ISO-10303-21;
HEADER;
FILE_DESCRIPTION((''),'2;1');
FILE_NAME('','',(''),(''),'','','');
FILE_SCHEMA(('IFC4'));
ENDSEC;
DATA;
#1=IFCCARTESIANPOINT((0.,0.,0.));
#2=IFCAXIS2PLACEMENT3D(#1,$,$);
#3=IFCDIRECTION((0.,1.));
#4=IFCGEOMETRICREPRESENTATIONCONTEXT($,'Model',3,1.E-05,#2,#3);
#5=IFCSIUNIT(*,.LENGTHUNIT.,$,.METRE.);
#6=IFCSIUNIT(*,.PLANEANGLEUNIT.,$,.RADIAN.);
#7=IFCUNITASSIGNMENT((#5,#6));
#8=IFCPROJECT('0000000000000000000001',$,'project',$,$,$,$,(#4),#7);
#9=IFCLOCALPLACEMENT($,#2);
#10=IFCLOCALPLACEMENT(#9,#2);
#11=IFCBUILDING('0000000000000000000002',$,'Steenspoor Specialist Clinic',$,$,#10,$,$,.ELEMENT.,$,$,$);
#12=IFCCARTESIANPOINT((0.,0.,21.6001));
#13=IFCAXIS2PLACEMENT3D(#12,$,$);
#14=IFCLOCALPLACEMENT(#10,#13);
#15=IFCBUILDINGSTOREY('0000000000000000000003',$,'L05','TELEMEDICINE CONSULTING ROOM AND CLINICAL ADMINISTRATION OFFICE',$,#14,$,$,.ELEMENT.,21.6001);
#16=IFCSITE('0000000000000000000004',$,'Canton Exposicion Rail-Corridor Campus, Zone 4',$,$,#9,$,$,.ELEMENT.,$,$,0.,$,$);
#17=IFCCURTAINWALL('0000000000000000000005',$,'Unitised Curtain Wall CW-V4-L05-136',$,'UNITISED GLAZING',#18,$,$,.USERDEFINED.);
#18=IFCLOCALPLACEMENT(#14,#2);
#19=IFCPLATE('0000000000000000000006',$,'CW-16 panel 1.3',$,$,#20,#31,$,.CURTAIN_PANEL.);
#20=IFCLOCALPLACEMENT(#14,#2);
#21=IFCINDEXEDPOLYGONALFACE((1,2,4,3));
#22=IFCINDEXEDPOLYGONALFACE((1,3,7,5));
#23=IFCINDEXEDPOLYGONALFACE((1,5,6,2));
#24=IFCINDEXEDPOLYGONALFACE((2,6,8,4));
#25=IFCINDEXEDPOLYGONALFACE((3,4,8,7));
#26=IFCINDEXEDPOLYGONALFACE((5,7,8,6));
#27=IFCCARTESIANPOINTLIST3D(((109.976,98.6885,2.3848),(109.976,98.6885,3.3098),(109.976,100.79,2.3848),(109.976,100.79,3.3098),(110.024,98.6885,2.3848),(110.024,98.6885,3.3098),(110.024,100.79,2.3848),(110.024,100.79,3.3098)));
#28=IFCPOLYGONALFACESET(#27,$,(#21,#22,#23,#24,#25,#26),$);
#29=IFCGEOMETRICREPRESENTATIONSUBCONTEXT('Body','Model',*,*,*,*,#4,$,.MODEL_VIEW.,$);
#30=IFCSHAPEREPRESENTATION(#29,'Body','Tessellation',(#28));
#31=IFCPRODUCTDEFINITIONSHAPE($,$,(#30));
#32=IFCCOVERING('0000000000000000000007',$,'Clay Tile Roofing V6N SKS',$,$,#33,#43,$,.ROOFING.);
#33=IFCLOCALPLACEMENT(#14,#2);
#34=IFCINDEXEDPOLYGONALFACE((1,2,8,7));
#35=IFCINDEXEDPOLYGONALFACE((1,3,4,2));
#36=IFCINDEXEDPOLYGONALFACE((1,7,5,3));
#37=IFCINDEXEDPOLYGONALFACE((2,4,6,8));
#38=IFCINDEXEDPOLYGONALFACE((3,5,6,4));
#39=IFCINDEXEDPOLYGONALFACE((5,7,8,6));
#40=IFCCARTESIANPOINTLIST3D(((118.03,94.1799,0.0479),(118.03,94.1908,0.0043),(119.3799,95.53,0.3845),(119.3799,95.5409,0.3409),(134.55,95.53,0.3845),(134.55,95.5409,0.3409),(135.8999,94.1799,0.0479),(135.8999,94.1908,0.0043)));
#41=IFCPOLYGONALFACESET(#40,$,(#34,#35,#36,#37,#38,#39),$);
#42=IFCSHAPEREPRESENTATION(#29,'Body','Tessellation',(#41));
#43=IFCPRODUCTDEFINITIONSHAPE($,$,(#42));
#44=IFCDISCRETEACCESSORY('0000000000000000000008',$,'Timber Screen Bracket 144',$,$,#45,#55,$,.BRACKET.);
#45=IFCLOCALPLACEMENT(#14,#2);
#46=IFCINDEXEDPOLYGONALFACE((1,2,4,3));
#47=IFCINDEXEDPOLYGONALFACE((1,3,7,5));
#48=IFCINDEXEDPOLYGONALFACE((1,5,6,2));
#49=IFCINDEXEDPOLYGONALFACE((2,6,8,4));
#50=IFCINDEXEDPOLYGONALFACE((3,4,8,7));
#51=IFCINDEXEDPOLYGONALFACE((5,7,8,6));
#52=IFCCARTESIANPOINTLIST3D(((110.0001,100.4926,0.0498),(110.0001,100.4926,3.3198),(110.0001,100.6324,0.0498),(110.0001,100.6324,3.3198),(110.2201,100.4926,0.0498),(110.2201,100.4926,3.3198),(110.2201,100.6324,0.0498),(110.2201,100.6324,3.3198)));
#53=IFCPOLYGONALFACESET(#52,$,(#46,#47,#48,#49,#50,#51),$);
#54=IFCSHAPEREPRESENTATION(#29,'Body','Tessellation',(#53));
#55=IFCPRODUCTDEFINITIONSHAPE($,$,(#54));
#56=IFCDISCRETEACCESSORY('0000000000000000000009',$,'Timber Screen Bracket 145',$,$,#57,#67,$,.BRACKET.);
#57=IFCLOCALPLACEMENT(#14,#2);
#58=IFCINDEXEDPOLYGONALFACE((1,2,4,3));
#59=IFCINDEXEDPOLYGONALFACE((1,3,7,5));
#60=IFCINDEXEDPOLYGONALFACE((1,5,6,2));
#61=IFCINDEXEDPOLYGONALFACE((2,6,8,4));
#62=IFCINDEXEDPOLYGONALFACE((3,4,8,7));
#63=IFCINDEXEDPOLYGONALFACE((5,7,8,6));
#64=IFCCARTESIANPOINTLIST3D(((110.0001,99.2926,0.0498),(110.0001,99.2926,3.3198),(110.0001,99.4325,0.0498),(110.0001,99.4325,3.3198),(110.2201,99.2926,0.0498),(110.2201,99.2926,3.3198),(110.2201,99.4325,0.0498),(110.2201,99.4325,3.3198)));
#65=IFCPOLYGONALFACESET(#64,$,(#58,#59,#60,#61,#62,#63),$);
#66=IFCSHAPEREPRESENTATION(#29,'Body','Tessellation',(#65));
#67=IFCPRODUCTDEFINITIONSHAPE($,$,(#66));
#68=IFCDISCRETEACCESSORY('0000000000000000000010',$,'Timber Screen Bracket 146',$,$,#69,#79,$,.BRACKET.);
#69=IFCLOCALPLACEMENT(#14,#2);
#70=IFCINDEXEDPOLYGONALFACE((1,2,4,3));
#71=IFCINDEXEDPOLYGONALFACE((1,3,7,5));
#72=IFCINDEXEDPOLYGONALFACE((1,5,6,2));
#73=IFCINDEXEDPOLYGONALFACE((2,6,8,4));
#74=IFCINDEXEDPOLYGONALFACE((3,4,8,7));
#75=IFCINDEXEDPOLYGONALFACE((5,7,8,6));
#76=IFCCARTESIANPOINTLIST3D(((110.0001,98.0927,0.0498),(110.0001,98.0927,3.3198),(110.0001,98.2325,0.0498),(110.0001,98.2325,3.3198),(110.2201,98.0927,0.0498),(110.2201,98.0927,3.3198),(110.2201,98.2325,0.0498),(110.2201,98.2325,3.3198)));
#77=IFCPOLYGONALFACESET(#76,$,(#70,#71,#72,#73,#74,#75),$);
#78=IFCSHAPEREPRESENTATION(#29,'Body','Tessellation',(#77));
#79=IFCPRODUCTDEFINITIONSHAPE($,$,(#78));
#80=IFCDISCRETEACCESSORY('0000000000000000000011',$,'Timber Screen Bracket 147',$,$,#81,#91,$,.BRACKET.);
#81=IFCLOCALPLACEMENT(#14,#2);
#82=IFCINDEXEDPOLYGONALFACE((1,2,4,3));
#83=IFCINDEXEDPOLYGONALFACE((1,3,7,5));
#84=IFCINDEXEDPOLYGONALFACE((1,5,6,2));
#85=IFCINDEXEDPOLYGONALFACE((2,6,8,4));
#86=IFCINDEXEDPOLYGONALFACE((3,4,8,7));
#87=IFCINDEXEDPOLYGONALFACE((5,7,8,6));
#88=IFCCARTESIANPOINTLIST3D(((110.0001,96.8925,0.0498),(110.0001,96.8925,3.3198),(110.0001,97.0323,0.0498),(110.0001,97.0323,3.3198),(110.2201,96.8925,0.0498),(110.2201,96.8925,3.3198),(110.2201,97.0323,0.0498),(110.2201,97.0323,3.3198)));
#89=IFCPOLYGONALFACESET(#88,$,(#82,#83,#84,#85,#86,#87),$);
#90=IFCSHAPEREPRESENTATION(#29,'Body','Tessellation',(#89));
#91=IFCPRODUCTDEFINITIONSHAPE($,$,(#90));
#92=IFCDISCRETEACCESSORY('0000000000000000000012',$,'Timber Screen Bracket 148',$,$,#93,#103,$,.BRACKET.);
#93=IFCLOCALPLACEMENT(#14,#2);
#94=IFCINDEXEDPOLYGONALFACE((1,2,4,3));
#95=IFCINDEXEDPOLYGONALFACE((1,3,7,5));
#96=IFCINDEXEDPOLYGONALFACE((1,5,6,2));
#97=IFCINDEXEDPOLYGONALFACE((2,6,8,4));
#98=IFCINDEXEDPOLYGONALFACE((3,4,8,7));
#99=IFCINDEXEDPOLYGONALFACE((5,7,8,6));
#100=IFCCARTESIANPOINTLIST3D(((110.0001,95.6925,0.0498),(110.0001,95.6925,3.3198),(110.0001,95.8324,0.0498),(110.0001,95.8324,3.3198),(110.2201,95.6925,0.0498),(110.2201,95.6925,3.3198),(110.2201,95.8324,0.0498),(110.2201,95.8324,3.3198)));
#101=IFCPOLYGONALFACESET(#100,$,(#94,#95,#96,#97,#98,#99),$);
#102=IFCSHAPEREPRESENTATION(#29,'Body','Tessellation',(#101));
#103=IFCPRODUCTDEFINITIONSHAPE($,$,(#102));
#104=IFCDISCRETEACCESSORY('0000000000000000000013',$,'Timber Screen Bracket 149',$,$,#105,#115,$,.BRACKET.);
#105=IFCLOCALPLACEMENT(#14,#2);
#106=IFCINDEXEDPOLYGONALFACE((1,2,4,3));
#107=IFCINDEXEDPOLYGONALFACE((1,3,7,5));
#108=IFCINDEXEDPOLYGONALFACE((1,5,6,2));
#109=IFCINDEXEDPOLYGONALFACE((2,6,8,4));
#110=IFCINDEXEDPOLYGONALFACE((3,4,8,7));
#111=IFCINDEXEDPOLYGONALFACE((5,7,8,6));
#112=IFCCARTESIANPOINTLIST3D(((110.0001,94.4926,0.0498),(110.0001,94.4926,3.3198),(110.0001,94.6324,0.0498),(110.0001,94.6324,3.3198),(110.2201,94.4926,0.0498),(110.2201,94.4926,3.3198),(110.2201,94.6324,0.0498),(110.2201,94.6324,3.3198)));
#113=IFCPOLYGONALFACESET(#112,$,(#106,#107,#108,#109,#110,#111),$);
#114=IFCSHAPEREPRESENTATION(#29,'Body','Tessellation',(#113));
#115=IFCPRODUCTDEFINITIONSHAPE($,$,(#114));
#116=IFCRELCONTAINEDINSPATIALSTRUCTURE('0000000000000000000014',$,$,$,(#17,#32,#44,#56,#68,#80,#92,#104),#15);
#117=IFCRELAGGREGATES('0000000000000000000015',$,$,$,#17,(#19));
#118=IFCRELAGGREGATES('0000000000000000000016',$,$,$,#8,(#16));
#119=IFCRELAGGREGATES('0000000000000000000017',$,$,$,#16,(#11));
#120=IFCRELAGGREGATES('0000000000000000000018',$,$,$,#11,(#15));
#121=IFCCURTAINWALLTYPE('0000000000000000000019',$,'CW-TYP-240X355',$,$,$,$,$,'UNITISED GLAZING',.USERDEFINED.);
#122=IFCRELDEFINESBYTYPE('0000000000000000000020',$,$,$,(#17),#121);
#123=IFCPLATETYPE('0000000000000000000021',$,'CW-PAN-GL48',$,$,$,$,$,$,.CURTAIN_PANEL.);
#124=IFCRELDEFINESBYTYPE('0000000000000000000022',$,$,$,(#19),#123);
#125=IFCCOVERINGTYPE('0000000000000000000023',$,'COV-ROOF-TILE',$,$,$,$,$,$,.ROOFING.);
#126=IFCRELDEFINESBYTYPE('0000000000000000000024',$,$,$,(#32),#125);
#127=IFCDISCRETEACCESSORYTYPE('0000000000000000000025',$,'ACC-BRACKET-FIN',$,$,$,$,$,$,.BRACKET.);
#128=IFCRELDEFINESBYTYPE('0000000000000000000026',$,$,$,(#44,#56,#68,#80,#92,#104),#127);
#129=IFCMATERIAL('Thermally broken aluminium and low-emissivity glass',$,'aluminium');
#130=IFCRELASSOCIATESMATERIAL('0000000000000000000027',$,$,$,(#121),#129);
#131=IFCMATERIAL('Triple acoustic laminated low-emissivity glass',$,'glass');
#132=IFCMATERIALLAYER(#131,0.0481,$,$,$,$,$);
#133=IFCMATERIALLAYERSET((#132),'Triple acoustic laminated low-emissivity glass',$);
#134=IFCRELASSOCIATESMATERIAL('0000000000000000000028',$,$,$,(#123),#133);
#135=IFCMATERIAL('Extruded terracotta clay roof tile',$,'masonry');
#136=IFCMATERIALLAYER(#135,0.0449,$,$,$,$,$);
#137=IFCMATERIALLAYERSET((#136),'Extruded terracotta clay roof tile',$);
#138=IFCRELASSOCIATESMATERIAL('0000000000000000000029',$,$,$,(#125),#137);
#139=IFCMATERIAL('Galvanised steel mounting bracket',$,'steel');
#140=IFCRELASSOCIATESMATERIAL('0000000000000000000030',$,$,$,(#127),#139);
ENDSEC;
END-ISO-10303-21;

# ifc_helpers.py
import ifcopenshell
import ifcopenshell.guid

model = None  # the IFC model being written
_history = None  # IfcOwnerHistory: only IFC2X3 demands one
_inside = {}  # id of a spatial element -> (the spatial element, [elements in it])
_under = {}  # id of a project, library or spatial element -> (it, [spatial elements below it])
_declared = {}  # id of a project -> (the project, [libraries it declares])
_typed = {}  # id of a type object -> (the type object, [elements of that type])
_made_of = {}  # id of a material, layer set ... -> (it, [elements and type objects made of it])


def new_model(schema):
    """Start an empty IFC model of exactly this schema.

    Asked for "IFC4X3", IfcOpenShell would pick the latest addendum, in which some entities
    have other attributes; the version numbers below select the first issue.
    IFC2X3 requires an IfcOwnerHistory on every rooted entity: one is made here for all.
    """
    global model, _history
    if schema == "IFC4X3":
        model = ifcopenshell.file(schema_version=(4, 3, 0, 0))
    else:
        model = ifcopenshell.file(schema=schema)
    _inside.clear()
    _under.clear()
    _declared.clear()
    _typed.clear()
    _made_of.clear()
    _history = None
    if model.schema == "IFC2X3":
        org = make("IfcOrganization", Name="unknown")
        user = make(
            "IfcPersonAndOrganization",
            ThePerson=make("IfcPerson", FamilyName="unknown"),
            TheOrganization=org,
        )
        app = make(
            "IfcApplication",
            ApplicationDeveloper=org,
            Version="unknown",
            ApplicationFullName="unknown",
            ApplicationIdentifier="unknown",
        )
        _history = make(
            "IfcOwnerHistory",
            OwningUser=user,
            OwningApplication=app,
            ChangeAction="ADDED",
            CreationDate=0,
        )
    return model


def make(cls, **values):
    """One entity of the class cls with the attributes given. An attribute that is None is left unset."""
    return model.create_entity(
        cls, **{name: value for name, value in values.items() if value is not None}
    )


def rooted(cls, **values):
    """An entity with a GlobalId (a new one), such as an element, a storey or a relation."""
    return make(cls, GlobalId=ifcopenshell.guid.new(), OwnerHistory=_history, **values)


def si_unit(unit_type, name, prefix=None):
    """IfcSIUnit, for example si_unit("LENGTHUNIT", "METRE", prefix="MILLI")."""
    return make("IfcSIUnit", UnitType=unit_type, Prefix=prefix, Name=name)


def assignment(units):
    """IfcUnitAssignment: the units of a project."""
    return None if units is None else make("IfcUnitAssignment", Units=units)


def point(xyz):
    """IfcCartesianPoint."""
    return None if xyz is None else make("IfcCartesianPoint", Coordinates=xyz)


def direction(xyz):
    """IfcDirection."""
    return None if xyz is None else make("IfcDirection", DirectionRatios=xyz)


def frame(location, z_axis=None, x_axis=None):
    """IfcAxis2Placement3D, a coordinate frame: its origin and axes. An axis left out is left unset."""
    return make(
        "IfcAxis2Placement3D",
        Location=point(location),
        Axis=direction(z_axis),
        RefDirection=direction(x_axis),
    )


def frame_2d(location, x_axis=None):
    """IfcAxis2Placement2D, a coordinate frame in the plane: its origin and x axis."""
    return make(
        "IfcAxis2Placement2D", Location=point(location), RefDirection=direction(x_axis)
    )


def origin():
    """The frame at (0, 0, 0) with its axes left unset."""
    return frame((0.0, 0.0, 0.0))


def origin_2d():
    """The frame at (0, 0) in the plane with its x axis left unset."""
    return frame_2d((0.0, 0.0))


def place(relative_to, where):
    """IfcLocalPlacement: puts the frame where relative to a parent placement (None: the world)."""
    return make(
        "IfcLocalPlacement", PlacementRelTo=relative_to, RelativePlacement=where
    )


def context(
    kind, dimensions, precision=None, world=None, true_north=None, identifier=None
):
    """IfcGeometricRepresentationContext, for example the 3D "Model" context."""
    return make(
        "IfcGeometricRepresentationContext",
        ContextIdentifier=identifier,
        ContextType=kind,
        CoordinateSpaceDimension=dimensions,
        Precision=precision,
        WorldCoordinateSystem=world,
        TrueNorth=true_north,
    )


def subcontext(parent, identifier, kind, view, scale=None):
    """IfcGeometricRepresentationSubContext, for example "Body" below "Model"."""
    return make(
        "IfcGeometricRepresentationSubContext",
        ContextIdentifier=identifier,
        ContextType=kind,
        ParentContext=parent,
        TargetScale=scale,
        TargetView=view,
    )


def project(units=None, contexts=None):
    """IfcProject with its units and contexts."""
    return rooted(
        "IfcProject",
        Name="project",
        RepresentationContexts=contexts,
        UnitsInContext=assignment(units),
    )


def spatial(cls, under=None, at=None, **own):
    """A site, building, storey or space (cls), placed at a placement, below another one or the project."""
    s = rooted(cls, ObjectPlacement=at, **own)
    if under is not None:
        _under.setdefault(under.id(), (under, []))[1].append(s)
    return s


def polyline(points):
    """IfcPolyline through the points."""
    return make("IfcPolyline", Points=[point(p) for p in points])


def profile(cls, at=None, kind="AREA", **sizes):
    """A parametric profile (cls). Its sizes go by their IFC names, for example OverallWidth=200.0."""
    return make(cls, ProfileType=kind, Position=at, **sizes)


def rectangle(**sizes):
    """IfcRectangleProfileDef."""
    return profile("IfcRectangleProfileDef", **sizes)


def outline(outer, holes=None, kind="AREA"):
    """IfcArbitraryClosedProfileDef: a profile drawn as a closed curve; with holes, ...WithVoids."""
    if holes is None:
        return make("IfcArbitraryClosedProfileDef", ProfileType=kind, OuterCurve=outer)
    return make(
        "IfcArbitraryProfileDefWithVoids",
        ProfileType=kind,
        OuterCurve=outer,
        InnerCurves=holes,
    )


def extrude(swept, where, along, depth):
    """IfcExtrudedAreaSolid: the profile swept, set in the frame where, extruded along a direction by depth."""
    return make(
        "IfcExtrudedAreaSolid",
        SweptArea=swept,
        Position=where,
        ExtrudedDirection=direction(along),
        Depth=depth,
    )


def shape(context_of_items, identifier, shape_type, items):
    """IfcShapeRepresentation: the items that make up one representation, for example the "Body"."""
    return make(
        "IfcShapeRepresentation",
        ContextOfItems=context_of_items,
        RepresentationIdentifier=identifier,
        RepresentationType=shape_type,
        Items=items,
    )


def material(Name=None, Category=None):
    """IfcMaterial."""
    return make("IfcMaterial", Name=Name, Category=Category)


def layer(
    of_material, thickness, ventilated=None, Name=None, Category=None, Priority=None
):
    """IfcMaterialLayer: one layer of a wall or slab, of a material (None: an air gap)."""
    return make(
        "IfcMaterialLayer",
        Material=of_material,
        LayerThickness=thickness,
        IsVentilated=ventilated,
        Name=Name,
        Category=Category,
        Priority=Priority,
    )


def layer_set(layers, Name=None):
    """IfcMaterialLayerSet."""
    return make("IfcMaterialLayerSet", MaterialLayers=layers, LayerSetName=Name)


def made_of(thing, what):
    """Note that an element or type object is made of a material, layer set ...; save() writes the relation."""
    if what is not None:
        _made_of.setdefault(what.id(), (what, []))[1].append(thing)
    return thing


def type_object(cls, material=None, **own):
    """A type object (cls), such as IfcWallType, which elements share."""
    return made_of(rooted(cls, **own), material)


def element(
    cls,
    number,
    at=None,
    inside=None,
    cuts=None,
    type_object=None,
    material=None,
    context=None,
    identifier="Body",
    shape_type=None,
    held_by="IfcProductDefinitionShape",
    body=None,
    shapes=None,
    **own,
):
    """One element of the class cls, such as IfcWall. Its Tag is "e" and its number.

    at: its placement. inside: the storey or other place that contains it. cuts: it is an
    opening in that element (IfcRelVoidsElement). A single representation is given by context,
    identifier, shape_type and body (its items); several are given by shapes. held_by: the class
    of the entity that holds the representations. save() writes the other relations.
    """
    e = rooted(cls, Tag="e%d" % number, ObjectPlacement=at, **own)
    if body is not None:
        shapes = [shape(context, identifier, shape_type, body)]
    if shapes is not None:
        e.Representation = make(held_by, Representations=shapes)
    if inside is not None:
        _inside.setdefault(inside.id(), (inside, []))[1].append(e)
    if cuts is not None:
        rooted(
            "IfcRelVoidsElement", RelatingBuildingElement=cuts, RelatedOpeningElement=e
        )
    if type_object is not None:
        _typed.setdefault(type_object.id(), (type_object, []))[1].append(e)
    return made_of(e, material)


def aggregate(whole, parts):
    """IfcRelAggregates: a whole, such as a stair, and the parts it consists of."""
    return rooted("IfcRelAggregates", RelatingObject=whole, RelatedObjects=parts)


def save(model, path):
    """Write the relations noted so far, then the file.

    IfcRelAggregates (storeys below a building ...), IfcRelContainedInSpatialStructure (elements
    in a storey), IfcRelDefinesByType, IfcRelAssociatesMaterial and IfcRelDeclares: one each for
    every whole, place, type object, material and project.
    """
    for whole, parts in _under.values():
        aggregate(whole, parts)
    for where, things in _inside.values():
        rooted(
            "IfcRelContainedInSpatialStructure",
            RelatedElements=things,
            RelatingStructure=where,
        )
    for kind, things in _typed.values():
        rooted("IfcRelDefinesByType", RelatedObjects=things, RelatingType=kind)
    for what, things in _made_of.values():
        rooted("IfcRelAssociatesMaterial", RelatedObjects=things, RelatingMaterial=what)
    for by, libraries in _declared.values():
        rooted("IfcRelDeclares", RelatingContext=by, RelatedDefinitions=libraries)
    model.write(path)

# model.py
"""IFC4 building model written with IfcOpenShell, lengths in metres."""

from ifc_helpers import new_model, si_unit, direction, frame, origin, origin_2d, place, context, subcontext, project, spatial, polyline, rectangle, outline, extrude, material, layer, layer_set, type_object, element, aggregate, save


model = new_model("IFC4")

# Units and contexts
model_context = context("Model", 3, precision=1e-05, world=origin(), true_north=direction((0.0, 1.0)))
body_context = subcontext(model_context, "Body", "Model", "MODEL_VIEW")
ifc_project = project(units=[si_unit("LENGTHUNIT", "METRE"), si_unit("PLANEANGLEUNIT", "RADIAN")], contexts=[model_context])

# Site, building, storey
site_placement = place(None, origin())
site = spatial("IfcSite", under=ifc_project, at=site_placement, Name="Canton Exposicion Rail-Corridor Campus, Zone 4", CompositionType="ELEMENT", RefElevation=0.0)
building_placement = place(site_placement, origin())
building = spatial("IfcBuilding", under=site, at=building_placement, Name="Steenspoor Specialist Clinic", CompositionType="ELEMENT")
storey_placement = place(building_placement, frame((0.0, 0.0, 21.6001)))
storey = spatial("IfcBuildingStorey", under=building, at=storey_placement, Name="L05", Description="TELEMEDICINE CONSULTING ROOM AND CLINICAL ADMINISTRATION OFFICE", CompositionType="ELEMENT", Elevation=21.6001)

# Curtain wall
ifc_material_1 = material(Name="Thermally broken aluminium and low-emissivity glass", Category="aluminium")
curtain_wall_type = type_object("IfcCurtainWallType", Name="CW-TYP-240X355", ElementType="UNITISED GLAZING", PredefinedType="USERDEFINED", material=ifc_material_1)
curtain_wall_placement = place(storey_placement, origin())
curtain_wall = element("IfcCurtainWall", 1, at=curtain_wall_placement, inside=storey, type_object=curtain_wall_type, Name="Unitised Curtain Wall CW-V4-L05-136", ObjectType="UNITISED GLAZING", PredefinedType="USERDEFINED")

# Plate
ifc_material_2 = material(Name="Triple acoustic laminated low-emissivity glass", Category="glass")
ifc_layer_1 = layer(ifc_material_2, 0.0481)
ifc_layer_set_1 = layer_set([ifc_layer_1], Name="Triple acoustic laminated low-emissivity glass")
plate_type = type_object("IfcPlateType", Name="CW-PAN-GL48", PredefinedType="CURTAIN_PANEL", material=ifc_layer_set_1)
plate_1_placement = place(storey_placement, frame((110.0, 99.7393, 2.3848), z_axis=(0.0, 0.0, 1.0), x_axis=(0.0, -1.0, 0.0)))
plate_1 = element("IfcPlate", 2, at=plate_1_placement, type_object=plate_type, Name="CW-16 panel 1.3", PredefinedType="CURTAIN_PANEL", context=body_context, shape_type="SweptSolid", body=[
    extrude(rectangle(XDim=2.1016, YDim=0.0481, at=origin_2d()), origin(), (0.0, 0.0, 1.0), 0.925),
])
aggregate(curtain_wall, [plate_1])

# Covering
ifc_material_3 = material(Name="Extruded terracotta clay roof tile", Category="masonry")
ifc_layer_2 = layer(ifc_material_3, 0.0449)
ifc_layer_set_2 = layer_set([ifc_layer_2], Name="Extruded terracotta clay roof tile")
covering_type = type_object("IfcCoveringType", Name="COV-ROOF-TILE", PredefinedType="ROOFING", material=ifc_layer_set_2)
covering_placement = place(storey_placement, frame((118.03, 94.1799, 0.0479), z_axis=(0.0, -0.241958, 0.970287), x_axis=(1.0, 0.0, 0.0)))
element("IfcCovering", 3, at=covering_placement, inside=storey, type_object=covering_type, Name="Clay Tile Roofing V6N SKS", PredefinedType="ROOFING", context=body_context, shape_type="SweptSolid", body=[
    extrude(outline(polyline([(0.0, 0.0), (17.8699, 0.0), (16.52, 1.3914), (1.3499, 1.3914), (0.0, 0.0)])), origin(), (0.0, 0.0, -1.0), 0.0449),
])

# Discrete accessories
ifc_material_4 = material(Name="Galvanised steel mounting bracket", Category="steel")
discrete_accessory_type = type_object("IfcDiscreteAccessoryType", Name="ACC-BRACKET-FIN", PredefinedType="BRACKET", material=ifc_material_4)
for number, where, z_axis, x_axis, name in (
    (4, (110.1101, 100.5625, 0.0498), (0.0, 0.0, 1.0), (1.0, 0.0, 0.0), "Timber Screen Bracket 144"),
    (5, (110.1101, 99.3625, 0.0498), (0.0, 0.0, 1.0), (1.0, 0.0, 0.0), "Timber Screen Bracket 145"),
    (6, (110.1101, 98.1626, 0.0498), (0.0, 0.0, 1.0), (1.0, 0.0, 0.0), "Timber Screen Bracket 146"),
    (7, (110.1101, 96.9624, 0.0498), (0.0, 0.0, 1.0), (1.0, 0.0, 0.0), "Timber Screen Bracket 147"),
    (8, (110.1101, 95.7625, 0.0498), (0.0, 0.0, 1.0), (1.0, 0.0, 0.0), "Timber Screen Bracket 148"),
    (9, (110.1101, 94.5625, 0.0498), (0.0, 0.0, 1.0), (1.0, 0.0, 0.0), "Timber Screen Bracket 149"),
):
    element("IfcDiscreteAccessory", number, at=place(storey_placement, frame(where, z_axis=z_axis, x_axis=x_axis)), inside=storey, type_object=discrete_accessory_type, Name=name, PredefinedType="BRACKET", context=body_context, shape_type="SweptSolid", body=[
        extrude(rectangle(XDim=0.22, YDim=0.1399, at=origin_2d()), origin(), (0.0, 0.0, 1.0), 3.27),
    ])

save(model, "model.ifc")
